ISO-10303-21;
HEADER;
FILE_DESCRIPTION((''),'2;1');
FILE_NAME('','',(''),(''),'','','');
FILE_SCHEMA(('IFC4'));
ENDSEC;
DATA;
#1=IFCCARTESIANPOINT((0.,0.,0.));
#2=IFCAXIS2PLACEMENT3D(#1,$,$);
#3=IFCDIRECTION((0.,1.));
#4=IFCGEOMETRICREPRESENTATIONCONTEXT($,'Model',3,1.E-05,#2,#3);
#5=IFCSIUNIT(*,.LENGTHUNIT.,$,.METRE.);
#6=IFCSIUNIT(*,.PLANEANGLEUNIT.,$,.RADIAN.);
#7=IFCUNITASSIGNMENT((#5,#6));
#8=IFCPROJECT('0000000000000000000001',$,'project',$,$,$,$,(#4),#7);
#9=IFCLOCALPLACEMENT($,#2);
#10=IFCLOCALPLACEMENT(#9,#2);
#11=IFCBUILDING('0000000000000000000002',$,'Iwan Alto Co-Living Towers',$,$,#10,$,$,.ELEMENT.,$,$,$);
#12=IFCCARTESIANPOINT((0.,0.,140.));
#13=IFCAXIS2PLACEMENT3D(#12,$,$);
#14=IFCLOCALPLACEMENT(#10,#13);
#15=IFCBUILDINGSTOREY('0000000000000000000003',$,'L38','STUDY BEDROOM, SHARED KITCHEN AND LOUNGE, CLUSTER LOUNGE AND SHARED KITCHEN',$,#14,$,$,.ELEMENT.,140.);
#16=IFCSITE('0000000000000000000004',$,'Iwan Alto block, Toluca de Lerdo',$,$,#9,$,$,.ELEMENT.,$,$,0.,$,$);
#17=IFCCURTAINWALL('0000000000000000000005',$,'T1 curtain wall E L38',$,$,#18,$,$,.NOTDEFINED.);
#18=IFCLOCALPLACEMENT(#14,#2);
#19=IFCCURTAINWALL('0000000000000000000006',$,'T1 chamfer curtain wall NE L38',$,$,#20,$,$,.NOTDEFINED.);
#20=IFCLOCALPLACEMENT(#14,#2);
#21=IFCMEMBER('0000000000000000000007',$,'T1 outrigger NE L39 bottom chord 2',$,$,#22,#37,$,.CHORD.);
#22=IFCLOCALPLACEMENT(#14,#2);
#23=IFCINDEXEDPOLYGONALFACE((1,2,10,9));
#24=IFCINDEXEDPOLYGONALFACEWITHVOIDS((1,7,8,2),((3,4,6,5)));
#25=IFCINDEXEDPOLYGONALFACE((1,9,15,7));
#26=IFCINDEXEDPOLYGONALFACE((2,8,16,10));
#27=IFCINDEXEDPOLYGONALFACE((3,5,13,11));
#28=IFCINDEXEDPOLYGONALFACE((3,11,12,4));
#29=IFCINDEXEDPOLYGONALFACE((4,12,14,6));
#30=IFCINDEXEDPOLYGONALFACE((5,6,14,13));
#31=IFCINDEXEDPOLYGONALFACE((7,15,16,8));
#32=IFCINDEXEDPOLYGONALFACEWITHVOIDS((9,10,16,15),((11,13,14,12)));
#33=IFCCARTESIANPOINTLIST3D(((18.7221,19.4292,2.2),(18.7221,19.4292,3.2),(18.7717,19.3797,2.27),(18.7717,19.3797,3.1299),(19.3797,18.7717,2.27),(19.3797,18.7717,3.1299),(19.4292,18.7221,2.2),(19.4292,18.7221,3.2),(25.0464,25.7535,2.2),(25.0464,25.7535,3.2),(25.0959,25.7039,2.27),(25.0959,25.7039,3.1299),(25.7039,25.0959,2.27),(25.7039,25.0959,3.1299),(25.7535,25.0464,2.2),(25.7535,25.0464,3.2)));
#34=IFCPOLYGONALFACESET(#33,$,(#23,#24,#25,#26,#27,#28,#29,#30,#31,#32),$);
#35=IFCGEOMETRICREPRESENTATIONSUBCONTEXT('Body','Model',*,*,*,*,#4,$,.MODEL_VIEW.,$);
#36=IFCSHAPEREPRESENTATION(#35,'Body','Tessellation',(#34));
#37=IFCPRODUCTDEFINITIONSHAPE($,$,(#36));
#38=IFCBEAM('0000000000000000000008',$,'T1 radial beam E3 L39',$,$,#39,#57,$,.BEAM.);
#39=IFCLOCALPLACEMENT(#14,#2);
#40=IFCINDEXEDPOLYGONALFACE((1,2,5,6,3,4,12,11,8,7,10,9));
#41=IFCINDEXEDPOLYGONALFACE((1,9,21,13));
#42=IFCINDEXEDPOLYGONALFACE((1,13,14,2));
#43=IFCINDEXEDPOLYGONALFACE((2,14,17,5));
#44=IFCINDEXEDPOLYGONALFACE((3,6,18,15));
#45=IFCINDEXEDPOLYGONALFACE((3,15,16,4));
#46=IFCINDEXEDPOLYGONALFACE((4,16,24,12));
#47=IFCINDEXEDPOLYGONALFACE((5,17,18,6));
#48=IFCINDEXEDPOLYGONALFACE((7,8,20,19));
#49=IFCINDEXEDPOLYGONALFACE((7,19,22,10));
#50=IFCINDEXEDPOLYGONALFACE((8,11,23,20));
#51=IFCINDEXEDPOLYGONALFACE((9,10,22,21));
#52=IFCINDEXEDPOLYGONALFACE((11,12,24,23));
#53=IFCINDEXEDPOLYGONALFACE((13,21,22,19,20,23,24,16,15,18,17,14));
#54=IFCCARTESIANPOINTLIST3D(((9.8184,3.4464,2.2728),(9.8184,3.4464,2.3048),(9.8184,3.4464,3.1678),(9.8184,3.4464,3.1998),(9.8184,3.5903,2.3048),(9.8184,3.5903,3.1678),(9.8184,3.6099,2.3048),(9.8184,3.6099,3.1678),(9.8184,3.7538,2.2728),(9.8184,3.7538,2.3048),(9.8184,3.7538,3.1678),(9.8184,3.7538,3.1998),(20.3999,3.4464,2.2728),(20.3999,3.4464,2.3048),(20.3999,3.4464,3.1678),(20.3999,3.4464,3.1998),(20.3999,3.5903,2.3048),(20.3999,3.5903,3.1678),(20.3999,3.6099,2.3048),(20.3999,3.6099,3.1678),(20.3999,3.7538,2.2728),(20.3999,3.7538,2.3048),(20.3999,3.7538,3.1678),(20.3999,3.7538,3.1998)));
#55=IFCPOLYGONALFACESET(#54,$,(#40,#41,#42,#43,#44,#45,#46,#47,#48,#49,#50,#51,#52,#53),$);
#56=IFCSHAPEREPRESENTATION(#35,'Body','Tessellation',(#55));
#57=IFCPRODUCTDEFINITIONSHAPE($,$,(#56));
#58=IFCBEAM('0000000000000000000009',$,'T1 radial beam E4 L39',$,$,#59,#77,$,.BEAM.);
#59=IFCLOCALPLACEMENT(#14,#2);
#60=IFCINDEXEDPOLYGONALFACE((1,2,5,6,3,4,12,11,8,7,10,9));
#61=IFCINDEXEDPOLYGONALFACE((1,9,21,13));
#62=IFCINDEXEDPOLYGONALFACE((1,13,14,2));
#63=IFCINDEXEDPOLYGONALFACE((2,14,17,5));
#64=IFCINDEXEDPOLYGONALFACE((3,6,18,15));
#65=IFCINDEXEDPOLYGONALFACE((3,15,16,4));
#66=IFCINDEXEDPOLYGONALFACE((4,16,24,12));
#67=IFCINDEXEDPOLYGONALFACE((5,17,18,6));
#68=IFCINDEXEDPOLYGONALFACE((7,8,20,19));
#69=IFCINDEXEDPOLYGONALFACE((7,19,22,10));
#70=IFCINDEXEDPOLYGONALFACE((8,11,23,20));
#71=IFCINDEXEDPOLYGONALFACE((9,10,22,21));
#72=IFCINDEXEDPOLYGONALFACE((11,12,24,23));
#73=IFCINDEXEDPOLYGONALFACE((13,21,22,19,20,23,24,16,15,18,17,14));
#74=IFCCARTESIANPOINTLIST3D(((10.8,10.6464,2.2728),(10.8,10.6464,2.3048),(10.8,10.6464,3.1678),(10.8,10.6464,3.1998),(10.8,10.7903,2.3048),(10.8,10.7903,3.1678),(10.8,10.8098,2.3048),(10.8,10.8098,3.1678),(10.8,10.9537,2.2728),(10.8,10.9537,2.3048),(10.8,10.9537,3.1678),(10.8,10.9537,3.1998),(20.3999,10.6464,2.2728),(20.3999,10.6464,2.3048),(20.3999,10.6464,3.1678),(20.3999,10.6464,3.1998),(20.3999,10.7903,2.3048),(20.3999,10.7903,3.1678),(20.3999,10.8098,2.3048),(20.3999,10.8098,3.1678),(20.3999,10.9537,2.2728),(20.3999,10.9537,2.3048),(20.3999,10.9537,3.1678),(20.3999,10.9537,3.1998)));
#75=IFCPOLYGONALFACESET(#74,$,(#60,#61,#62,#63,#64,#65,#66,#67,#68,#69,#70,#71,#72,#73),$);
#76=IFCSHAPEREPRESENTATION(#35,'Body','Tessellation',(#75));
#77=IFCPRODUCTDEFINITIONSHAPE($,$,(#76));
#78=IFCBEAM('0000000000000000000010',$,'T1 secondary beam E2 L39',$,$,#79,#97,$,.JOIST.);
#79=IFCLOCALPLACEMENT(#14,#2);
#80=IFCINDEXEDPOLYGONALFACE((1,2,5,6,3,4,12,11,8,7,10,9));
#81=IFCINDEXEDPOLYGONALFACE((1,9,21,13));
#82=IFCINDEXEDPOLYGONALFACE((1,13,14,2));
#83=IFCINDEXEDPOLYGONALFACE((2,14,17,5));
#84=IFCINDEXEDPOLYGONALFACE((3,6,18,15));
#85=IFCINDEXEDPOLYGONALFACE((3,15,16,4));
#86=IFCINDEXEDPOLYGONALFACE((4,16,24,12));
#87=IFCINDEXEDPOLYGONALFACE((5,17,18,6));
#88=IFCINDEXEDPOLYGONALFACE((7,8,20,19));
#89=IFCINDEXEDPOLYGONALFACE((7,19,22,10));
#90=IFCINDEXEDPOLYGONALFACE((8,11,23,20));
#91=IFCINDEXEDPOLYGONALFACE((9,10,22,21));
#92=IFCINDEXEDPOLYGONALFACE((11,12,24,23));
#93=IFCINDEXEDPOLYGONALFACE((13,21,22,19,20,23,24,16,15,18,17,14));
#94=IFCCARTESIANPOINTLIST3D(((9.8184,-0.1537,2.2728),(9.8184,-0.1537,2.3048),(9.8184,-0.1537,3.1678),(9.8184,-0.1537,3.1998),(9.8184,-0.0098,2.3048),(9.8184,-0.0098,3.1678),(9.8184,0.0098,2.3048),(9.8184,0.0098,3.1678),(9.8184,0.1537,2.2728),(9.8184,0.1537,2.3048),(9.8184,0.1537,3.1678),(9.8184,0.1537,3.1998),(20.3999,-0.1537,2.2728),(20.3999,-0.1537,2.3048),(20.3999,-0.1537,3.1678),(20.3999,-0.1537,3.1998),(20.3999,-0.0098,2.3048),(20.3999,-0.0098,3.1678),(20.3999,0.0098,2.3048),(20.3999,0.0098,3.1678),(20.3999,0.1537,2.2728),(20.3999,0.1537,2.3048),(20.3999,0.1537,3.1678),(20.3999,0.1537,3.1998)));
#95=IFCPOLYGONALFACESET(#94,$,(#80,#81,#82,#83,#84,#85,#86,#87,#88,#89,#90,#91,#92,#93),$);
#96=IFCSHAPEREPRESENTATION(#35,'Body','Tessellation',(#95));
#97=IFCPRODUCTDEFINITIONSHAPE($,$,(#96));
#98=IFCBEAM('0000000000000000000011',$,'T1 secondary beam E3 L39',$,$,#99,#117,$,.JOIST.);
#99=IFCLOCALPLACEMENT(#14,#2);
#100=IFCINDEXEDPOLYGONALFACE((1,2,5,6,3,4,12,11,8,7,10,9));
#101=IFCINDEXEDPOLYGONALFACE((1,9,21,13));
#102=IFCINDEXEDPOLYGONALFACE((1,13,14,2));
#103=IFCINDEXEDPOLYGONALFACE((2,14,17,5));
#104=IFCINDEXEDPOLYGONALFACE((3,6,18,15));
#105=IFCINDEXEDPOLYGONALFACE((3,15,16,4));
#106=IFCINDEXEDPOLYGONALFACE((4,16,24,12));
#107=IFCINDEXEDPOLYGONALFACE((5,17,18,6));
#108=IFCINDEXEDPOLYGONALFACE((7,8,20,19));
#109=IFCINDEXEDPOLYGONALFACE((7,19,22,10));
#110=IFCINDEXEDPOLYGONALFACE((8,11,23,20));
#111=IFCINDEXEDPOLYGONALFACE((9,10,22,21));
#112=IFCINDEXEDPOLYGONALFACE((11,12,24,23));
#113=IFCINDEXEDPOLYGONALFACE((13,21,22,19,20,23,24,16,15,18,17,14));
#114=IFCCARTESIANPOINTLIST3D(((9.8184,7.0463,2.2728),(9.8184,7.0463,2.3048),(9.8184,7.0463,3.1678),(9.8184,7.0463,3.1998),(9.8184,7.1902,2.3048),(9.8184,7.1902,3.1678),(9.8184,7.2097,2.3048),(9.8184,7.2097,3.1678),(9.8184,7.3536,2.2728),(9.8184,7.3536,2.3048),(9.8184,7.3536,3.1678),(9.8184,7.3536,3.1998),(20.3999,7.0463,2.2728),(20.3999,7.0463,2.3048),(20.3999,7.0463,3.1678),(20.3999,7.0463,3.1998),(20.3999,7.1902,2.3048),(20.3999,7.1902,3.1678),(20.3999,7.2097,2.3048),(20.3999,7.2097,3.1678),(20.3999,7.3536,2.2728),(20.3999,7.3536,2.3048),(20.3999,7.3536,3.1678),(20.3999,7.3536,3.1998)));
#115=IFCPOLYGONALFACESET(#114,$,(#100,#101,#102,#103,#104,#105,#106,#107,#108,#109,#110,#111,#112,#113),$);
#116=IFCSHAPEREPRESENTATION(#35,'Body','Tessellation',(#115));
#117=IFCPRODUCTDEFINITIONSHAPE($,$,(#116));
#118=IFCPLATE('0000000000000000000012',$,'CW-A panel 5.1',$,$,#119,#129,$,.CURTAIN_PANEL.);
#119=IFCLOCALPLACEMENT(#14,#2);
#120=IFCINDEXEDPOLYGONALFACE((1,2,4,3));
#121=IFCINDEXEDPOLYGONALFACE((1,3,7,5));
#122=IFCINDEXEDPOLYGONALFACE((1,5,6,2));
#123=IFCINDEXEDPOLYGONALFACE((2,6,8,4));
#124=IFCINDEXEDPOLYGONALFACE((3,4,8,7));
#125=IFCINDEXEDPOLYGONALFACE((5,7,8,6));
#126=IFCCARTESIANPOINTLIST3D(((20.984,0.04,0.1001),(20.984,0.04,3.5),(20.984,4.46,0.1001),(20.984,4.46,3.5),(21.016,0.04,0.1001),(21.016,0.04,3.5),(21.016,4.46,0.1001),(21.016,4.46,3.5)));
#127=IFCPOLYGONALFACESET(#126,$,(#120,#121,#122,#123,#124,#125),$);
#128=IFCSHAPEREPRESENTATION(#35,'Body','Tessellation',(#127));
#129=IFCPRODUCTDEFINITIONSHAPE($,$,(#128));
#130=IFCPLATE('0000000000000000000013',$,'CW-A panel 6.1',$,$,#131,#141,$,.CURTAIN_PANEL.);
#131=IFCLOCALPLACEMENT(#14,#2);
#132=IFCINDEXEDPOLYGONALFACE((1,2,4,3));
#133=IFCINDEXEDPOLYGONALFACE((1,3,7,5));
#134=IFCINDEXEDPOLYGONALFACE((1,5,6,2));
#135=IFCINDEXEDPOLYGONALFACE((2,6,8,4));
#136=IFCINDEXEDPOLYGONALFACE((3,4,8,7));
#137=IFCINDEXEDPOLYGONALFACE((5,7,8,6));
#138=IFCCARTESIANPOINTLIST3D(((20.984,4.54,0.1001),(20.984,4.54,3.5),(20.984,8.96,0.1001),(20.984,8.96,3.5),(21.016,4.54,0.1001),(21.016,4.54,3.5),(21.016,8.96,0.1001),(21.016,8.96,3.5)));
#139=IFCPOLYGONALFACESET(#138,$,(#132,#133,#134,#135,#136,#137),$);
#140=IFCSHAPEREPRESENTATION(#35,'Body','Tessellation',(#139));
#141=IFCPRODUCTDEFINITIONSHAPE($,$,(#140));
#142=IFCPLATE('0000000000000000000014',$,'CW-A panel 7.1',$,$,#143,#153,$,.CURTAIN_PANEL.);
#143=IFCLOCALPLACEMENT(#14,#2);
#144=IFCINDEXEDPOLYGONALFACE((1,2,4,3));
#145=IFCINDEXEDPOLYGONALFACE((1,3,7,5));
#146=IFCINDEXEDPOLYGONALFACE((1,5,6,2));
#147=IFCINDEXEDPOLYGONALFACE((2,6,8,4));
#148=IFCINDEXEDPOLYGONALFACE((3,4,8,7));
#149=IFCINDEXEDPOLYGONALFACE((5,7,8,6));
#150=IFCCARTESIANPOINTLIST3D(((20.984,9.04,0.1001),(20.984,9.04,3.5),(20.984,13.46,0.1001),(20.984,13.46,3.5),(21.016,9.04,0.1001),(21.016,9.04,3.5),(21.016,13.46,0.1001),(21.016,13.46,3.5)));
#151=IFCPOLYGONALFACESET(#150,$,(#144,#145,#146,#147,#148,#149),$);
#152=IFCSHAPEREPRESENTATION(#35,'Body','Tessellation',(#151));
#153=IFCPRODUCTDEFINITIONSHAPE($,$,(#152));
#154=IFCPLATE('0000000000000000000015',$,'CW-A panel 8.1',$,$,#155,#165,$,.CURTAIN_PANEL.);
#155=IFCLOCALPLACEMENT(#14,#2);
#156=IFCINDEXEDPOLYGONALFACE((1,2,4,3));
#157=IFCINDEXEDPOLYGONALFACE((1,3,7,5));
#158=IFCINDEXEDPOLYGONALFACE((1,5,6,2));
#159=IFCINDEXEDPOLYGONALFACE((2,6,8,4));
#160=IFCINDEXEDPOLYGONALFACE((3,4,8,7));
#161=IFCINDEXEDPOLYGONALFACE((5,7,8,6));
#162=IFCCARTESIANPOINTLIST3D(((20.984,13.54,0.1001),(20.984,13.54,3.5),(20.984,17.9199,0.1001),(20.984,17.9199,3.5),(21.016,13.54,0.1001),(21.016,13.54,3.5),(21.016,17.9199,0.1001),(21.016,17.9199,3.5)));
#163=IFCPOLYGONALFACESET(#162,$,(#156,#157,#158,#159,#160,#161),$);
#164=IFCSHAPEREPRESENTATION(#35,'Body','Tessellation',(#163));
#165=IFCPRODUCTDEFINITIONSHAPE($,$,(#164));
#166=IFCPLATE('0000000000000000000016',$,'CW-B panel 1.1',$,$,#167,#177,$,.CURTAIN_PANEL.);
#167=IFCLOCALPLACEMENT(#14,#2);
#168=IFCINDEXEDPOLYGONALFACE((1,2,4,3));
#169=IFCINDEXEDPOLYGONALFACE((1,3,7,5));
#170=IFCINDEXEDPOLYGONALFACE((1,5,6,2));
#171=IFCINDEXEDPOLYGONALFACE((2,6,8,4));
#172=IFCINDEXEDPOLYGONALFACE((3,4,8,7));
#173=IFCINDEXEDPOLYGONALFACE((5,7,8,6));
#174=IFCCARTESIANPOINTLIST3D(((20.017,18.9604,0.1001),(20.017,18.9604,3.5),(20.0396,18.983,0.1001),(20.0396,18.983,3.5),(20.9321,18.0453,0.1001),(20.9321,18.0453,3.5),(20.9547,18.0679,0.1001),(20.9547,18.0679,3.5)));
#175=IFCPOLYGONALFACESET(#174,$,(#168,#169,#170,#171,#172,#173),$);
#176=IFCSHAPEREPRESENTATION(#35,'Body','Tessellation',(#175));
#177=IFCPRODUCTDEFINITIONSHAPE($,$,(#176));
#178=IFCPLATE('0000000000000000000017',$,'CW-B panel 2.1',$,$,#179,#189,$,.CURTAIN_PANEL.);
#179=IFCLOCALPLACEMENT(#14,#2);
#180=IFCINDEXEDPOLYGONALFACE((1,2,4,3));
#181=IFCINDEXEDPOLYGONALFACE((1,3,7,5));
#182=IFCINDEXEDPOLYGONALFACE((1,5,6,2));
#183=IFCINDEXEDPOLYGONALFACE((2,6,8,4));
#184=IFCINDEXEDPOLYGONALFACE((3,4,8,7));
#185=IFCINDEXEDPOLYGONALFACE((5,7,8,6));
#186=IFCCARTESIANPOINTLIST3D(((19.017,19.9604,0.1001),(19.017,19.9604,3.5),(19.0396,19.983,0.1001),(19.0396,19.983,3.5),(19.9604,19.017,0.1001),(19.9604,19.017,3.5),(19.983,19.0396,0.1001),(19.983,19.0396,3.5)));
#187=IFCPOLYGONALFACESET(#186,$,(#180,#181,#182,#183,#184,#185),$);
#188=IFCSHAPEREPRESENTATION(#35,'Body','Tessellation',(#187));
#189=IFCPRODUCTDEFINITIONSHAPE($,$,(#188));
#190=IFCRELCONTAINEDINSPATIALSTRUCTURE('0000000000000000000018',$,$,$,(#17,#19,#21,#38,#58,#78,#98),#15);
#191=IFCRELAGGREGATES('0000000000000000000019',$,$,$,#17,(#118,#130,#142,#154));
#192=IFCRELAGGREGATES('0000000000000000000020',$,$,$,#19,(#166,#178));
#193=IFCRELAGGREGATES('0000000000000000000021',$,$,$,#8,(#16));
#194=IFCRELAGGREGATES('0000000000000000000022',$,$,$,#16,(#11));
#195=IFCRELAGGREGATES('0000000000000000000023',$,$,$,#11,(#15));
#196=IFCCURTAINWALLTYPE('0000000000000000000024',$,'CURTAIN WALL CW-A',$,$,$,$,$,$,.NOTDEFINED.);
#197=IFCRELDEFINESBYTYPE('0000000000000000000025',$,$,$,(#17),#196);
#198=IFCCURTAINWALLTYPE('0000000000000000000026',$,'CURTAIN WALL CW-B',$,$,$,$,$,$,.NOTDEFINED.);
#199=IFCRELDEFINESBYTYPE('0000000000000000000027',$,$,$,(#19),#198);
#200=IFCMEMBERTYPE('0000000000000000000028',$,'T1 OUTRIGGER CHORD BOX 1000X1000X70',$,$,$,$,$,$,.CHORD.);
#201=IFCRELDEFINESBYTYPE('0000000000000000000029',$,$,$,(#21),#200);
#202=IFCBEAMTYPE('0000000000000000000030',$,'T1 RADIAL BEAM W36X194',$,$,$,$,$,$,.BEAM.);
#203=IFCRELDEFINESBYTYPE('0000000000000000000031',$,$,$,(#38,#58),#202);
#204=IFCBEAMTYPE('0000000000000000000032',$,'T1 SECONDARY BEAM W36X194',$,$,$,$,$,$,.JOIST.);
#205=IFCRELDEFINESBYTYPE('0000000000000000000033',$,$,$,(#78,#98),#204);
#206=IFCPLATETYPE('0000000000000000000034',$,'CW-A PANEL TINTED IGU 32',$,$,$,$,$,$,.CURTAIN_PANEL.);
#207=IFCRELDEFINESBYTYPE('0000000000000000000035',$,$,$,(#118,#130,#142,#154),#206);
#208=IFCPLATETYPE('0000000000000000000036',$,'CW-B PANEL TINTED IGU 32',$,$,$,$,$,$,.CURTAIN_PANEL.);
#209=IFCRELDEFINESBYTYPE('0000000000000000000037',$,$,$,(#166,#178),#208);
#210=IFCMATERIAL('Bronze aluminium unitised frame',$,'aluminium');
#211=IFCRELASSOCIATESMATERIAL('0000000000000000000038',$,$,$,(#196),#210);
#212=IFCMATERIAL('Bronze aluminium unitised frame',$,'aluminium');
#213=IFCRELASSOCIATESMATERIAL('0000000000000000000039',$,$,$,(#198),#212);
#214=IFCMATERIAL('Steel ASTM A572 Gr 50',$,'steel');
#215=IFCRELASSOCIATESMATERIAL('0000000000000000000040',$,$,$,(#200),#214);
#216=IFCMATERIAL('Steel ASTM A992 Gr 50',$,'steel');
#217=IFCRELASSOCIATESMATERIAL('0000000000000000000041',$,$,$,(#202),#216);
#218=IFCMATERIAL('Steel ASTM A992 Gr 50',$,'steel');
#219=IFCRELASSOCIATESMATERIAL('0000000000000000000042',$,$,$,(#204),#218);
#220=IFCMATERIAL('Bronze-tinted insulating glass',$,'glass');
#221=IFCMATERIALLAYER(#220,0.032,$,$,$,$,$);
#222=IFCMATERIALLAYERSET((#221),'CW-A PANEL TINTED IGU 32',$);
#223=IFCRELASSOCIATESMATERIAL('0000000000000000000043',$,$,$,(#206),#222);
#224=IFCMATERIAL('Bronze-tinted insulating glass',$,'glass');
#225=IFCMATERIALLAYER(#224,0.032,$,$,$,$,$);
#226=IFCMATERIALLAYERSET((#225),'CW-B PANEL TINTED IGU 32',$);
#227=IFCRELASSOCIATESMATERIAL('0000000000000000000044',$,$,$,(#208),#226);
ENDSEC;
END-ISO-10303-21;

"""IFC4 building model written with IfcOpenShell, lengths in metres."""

from ifc_helpers import new_model, si_unit, direction, frame, origin, origin_2d, place, context, subcontext, project, spatial, rectangle, hollow_rectangle, i_section, extrude, material, layer, layer_set, material_profile, profile_set, type_object, element, aggregate, save


model = new_model("IFC4")

# Units and contexts
model_context = context("Model", 3, precision=1e-05, world=origin(), true_north=direction((0.0, 1.0)))
body_context = subcontext(model_context, "Body", "Model", "MODEL_VIEW")
ifc_project = project(units=[si_unit("LENGTHUNIT", "METRE"), si_unit("PLANEANGLEUNIT", "RADIAN")], contexts=[model_context])

# Site, building, storey
site_placement = place(None, origin())
site = spatial("IfcSite", under=ifc_project, at=site_placement, Name="Iwan Alto block, Toluca de Lerdo", CompositionType="ELEMENT", RefElevation=0.0)
building_placement = place(site_placement, origin())
building = spatial("IfcBuilding", under=site, at=building_placement, Name="Iwan Alto Co-Living Towers", CompositionType="ELEMENT")
storey_placement = place(building_placement, frame((0.0, 0.0, 140.0)))
storey = spatial("IfcBuildingStorey", under=building, at=storey_placement, Name="L38", Description="STUDY BEDROOM, SHARED KITCHEN AND LOUNGE, CLUSTER LOUNGE AND SHARED KITCHEN", CompositionType="ELEMENT", Elevation=140.0)

# Curtain walls
ifc_material_1 = material(Name="Bronze aluminium unitised frame", Category="aluminium")
curtain_wall_type_1 = type_object("IfcCurtainWallType", Name="CURTAIN WALL CW-A", PredefinedType="NOTDEFINED", material=ifc_material_1)
curtain_wall_1_placement = place(storey_placement, origin())
curtain_wall_1 = element("IfcCurtainWall", 1, at=curtain_wall_1_placement, inside=storey, type_object=curtain_wall_type_1, Name="T1 curtain wall E L38", PredefinedType="NOTDEFINED")
ifc_material_2 = material(Name="Bronze aluminium unitised frame", Category="aluminium")
curtain_wall_type_2 = type_object("IfcCurtainWallType", Name="CURTAIN WALL CW-B", PredefinedType="NOTDEFINED", material=ifc_material_2)
curtain_wall_2_placement = place(storey_placement, origin())
curtain_wall_2 = element("IfcCurtainWall", 2, at=curtain_wall_2_placement, inside=storey, type_object=curtain_wall_type_2, Name="T1 chamfer curtain wall NE L38", PredefinedType="NOTDEFINED")

# Member
ifc_material_3 = material(Name="Steel ASTM A572 Gr 50", Category="steel")
ifc_material_profile_1 = material_profile(ifc_material_3, hollow_rectangle(XDim=1.0, YDim=1.0, WallThickness=0.0701, at=origin_2d()), Name="BOX 1000X1000X70")
ifc_profile_set_1 = profile_set([ifc_material_profile_1], Name="Steel ASTM A572 Gr 50")
member_type_1 = type_object("IfcMemberType", Name="T1 OUTRIGGER CHORD BOX 1000X1000X70", PredefinedType="CHORD", material=ifc_profile_set_1)
member_1_placement = place(storey_placement, frame((19.0757, 19.0757, 2.7), z_axis=(0.707107, 0.707107, 0.0), x_axis=(-0.707107, 0.707107, 0.0)))
element("IfcMember", 3, at=member_1_placement, inside=storey, type_object=member_type_1, Name="T1 outrigger NE L39 bottom chord 2", PredefinedType="CHORD", context=body_context, shape_type="SweptSolid", body=[
    extrude(hollow_rectangle(XDim=1.0, YDim=1.0, WallThickness=0.0701, at=origin_2d()), origin(), (0.0, 0.0, 1.0), 8.9438),
])

# Beams
ifc_material_4 = material(Name="Steel ASTM A992 Gr 50", Category="steel")
ifc_material_profile_2 = material_profile(ifc_material_4, i_section(OverallWidth=0.3074, OverallDepth=0.927, WebThickness=0.0195, FlangeThickness=0.032, at=origin_2d()), Name="W36X194")
ifc_profile_set_2 = profile_set([ifc_material_profile_2], Name="Steel ASTM A992 Gr 50")
beam_type_1 = type_object("IfcBeamType", Name="T1 RADIAL BEAM W36X194", PredefinedType="BEAM", material=ifc_profile_set_2)
beam_1_placement = place(storey_placement, frame((20.3999, 3.6001, 2.7363), z_axis=(-1.0, 0.0, 0.0), x_axis=(0.0, -1.0, 0.0)))
element("IfcBeam", 4, at=beam_1_placement, inside=storey, type_object=beam_type_1, Name="T1 radial beam E3 L39", PredefinedType="BEAM", context=body_context, shape_type="SweptSolid", body=[
    extrude(i_section(OverallWidth=0.3074, OverallDepth=0.927, WebThickness=0.0195, FlangeThickness=0.032, at=origin_2d()), origin(), (0.0, 0.0, 1.0), 10.5815),
])
beam_2_placement = place(storey_placement, frame((20.3999, 10.8, 2.7363), z_axis=(-1.0, 0.0, 0.0), x_axis=(0.0, -1.0, 0.0)))
element("IfcBeam", 5, at=beam_2_placement, inside=storey, type_object=beam_type_1, Name="T1 radial beam E4 L39", PredefinedType="BEAM", context=body_context, shape_type="SweptSolid", body=[
    extrude(i_section(OverallWidth=0.3074, OverallDepth=0.927, WebThickness=0.0195, FlangeThickness=0.032, at=origin_2d()), origin(), (0.0, 0.0, 1.0), 9.5999),
])
ifc_material_5 = material(Name="Steel ASTM A992 Gr 50", Category="steel")
ifc_material_profile_3 = material_profile(ifc_material_5, i_section(OverallWidth=0.3074, OverallDepth=0.927, WebThickness=0.0195, FlangeThickness=0.032, at=origin_2d()), Name="W36X194")
ifc_profile_set_3 = profile_set([ifc_material_profile_3], Name="Steel ASTM A992 Gr 50")
beam_type_2 = type_object("IfcBeamType", Name="T1 SECONDARY BEAM W36X194", PredefinedType="JOIST", material=ifc_profile_set_3)
for number, where, z_axis, x_axis, name in (
    (6, (20.3999, 0.0, 2.7363), (-1.0, 0.0, 0.0), (0.0, -1.0, 0.0), "T1 secondary beam E2 L39"),
    (7, (20.3999, 7.2, 2.7363), (-1.0, 0.0, 0.0), (0.0, -1.0, 0.0), "T1 secondary beam E3 L39"),
):
    element("IfcBeam", number, at=place(storey_placement, frame(where, z_axis=z_axis, x_axis=x_axis)), inside=storey, type_object=beam_type_2, Name=name, PredefinedType="JOIST", context=body_context, shape_type="SweptSolid", body=[
        extrude(i_section(OverallWidth=0.3074, OverallDepth=0.927, WebThickness=0.0195, FlangeThickness=0.032, at=origin_2d()), origin(), (0.0, 0.0, 1.0), 10.5815),
    ])

# Plates
ifc_material_6 = material(Name="Bronze-tinted insulating glass", Category="glass")
ifc_layer_1 = layer(ifc_material_6, 0.032)
ifc_layer_set_1 = layer_set([ifc_layer_1], Name="CW-A PANEL TINTED IGU 32")
plate_type_1 = type_object("IfcPlateType", Name="CW-A PANEL TINTED IGU 32", PredefinedType="CURTAIN_PANEL", material=ifc_layer_set_1)
plate_1_placement = place(storey_placement, frame((21.0, 2.25, 0.1001), z_axis=(0.0, 0.0, 1.0), x_axis=(0.0, 1.0, 0.0)))
plate_1 = element("IfcPlate", 8, at=plate_1_placement, type_object=plate_type_1, Name="CW-A panel 5.1", PredefinedType="CURTAIN_PANEL", context=body_context, shape_type="SweptSolid", body=[
    extrude(rectangle(XDim=4.4199, YDim=0.032, at=origin_2d()), origin(), (0.0, 0.0, 1.0), 3.3999),
])
plate_2_placement = place(storey_placement, frame((21.0, 6.75, 0.1001), z_axis=(0.0, 0.0, 1.0), x_axis=(0.0, 1.0, 0.0)))
plate_2 = element("IfcPlate", 9, at=plate_2_placement, type_object=plate_type_1, Name="CW-A panel 6.1", PredefinedType="CURTAIN_PANEL", context=body_context, shape_type="SweptSolid", body=[
    extrude(rectangle(XDim=4.4199, YDim=0.032, at=origin_2d()), origin(), (0.0, 0.0, 1.0), 3.3999),
])
plate_3_placement = place(storey_placement, frame((21.0, 11.25, 0.1001), z_axis=(0.0, 0.0, 1.0), x_axis=(0.0, 1.0, 0.0)))
plate_3 = element("IfcPlate", 10, at=plate_3_placement, type_object=plate_type_1, Name="CW-A panel 7.1", PredefinedType="CURTAIN_PANEL", context=body_context, shape_type="SweptSolid", body=[
    extrude(rectangle(XDim=4.4199, YDim=0.032, at=origin_2d()), origin(), (0.0, 0.0, 1.0), 3.3999),
])
plate_4_placement = place(storey_placement, frame((21.0, 15.73, 0.1001), z_axis=(0.0, 0.0, 1.0), x_axis=(0.0, 1.0, 0.0)))
plate_4 = element("IfcPlate", 11, at=plate_4_placement, type_object=plate_type_1, Name="CW-A panel 8.1", PredefinedType="CURTAIN_PANEL", context=body_context, shape_type="SweptSolid", body=[
    extrude(rectangle(XDim=4.3799, YDim=0.032, at=origin_2d()), origin(), (0.0, 0.0, 1.0), 3.3999),
])
aggregate(curtain_wall_1, [plate_1, plate_2, plate_3, plate_4])
ifc_material_7 = material(Name="Bronze-tinted insulating glass", Category="glass")
ifc_layer_2 = layer(ifc_material_7, 0.032)
ifc_layer_set_2 = layer_set([ifc_layer_2], Name="CW-B PANEL TINTED IGU 32")
plate_type_2 = type_object("IfcPlateType", Name="CW-B PANEL TINTED IGU 32", PredefinedType="CURTAIN_PANEL", material=ifc_layer_set_2)
plate_5_placement = place(storey_placement, frame((20.4858, 18.5142, 0.1001), z_axis=(0.0, 0.0, 1.0), x_axis=(-0.707107, 0.707107, 0.0)))
plate_5 = element("IfcPlate", 12, at=plate_5_placement, type_object=plate_type_2, Name="CW-B panel 1.1", PredefinedType="CURTAIN_PANEL", context=body_context, shape_type="SweptSolid", body=[
    extrude(rectangle(XDim=1.2942, YDim=0.032, at=origin_2d()), origin(), (0.0, 0.0, 1.0), 3.3999),
])
plate_6_placement = place(storey_placement, frame((19.5, 19.5, 0.1001), z_axis=(0.0, 0.0, 1.0), x_axis=(-0.707107, 0.707107, 0.0)))
plate_6 = element("IfcPlate", 13, at=plate_6_placement, type_object=plate_type_2, Name="CW-B panel 2.1", PredefinedType="CURTAIN_PANEL", context=body_context, shape_type="SweptSolid", body=[
    extrude(rectangle(XDim=1.3342, YDim=0.032, at=origin_2d()), origin(), (0.0, 0.0, 1.0), 3.3999),
])
aggregate(curtain_wall_2, [plate_5, plate_6])

save(model, "model.ifc")
